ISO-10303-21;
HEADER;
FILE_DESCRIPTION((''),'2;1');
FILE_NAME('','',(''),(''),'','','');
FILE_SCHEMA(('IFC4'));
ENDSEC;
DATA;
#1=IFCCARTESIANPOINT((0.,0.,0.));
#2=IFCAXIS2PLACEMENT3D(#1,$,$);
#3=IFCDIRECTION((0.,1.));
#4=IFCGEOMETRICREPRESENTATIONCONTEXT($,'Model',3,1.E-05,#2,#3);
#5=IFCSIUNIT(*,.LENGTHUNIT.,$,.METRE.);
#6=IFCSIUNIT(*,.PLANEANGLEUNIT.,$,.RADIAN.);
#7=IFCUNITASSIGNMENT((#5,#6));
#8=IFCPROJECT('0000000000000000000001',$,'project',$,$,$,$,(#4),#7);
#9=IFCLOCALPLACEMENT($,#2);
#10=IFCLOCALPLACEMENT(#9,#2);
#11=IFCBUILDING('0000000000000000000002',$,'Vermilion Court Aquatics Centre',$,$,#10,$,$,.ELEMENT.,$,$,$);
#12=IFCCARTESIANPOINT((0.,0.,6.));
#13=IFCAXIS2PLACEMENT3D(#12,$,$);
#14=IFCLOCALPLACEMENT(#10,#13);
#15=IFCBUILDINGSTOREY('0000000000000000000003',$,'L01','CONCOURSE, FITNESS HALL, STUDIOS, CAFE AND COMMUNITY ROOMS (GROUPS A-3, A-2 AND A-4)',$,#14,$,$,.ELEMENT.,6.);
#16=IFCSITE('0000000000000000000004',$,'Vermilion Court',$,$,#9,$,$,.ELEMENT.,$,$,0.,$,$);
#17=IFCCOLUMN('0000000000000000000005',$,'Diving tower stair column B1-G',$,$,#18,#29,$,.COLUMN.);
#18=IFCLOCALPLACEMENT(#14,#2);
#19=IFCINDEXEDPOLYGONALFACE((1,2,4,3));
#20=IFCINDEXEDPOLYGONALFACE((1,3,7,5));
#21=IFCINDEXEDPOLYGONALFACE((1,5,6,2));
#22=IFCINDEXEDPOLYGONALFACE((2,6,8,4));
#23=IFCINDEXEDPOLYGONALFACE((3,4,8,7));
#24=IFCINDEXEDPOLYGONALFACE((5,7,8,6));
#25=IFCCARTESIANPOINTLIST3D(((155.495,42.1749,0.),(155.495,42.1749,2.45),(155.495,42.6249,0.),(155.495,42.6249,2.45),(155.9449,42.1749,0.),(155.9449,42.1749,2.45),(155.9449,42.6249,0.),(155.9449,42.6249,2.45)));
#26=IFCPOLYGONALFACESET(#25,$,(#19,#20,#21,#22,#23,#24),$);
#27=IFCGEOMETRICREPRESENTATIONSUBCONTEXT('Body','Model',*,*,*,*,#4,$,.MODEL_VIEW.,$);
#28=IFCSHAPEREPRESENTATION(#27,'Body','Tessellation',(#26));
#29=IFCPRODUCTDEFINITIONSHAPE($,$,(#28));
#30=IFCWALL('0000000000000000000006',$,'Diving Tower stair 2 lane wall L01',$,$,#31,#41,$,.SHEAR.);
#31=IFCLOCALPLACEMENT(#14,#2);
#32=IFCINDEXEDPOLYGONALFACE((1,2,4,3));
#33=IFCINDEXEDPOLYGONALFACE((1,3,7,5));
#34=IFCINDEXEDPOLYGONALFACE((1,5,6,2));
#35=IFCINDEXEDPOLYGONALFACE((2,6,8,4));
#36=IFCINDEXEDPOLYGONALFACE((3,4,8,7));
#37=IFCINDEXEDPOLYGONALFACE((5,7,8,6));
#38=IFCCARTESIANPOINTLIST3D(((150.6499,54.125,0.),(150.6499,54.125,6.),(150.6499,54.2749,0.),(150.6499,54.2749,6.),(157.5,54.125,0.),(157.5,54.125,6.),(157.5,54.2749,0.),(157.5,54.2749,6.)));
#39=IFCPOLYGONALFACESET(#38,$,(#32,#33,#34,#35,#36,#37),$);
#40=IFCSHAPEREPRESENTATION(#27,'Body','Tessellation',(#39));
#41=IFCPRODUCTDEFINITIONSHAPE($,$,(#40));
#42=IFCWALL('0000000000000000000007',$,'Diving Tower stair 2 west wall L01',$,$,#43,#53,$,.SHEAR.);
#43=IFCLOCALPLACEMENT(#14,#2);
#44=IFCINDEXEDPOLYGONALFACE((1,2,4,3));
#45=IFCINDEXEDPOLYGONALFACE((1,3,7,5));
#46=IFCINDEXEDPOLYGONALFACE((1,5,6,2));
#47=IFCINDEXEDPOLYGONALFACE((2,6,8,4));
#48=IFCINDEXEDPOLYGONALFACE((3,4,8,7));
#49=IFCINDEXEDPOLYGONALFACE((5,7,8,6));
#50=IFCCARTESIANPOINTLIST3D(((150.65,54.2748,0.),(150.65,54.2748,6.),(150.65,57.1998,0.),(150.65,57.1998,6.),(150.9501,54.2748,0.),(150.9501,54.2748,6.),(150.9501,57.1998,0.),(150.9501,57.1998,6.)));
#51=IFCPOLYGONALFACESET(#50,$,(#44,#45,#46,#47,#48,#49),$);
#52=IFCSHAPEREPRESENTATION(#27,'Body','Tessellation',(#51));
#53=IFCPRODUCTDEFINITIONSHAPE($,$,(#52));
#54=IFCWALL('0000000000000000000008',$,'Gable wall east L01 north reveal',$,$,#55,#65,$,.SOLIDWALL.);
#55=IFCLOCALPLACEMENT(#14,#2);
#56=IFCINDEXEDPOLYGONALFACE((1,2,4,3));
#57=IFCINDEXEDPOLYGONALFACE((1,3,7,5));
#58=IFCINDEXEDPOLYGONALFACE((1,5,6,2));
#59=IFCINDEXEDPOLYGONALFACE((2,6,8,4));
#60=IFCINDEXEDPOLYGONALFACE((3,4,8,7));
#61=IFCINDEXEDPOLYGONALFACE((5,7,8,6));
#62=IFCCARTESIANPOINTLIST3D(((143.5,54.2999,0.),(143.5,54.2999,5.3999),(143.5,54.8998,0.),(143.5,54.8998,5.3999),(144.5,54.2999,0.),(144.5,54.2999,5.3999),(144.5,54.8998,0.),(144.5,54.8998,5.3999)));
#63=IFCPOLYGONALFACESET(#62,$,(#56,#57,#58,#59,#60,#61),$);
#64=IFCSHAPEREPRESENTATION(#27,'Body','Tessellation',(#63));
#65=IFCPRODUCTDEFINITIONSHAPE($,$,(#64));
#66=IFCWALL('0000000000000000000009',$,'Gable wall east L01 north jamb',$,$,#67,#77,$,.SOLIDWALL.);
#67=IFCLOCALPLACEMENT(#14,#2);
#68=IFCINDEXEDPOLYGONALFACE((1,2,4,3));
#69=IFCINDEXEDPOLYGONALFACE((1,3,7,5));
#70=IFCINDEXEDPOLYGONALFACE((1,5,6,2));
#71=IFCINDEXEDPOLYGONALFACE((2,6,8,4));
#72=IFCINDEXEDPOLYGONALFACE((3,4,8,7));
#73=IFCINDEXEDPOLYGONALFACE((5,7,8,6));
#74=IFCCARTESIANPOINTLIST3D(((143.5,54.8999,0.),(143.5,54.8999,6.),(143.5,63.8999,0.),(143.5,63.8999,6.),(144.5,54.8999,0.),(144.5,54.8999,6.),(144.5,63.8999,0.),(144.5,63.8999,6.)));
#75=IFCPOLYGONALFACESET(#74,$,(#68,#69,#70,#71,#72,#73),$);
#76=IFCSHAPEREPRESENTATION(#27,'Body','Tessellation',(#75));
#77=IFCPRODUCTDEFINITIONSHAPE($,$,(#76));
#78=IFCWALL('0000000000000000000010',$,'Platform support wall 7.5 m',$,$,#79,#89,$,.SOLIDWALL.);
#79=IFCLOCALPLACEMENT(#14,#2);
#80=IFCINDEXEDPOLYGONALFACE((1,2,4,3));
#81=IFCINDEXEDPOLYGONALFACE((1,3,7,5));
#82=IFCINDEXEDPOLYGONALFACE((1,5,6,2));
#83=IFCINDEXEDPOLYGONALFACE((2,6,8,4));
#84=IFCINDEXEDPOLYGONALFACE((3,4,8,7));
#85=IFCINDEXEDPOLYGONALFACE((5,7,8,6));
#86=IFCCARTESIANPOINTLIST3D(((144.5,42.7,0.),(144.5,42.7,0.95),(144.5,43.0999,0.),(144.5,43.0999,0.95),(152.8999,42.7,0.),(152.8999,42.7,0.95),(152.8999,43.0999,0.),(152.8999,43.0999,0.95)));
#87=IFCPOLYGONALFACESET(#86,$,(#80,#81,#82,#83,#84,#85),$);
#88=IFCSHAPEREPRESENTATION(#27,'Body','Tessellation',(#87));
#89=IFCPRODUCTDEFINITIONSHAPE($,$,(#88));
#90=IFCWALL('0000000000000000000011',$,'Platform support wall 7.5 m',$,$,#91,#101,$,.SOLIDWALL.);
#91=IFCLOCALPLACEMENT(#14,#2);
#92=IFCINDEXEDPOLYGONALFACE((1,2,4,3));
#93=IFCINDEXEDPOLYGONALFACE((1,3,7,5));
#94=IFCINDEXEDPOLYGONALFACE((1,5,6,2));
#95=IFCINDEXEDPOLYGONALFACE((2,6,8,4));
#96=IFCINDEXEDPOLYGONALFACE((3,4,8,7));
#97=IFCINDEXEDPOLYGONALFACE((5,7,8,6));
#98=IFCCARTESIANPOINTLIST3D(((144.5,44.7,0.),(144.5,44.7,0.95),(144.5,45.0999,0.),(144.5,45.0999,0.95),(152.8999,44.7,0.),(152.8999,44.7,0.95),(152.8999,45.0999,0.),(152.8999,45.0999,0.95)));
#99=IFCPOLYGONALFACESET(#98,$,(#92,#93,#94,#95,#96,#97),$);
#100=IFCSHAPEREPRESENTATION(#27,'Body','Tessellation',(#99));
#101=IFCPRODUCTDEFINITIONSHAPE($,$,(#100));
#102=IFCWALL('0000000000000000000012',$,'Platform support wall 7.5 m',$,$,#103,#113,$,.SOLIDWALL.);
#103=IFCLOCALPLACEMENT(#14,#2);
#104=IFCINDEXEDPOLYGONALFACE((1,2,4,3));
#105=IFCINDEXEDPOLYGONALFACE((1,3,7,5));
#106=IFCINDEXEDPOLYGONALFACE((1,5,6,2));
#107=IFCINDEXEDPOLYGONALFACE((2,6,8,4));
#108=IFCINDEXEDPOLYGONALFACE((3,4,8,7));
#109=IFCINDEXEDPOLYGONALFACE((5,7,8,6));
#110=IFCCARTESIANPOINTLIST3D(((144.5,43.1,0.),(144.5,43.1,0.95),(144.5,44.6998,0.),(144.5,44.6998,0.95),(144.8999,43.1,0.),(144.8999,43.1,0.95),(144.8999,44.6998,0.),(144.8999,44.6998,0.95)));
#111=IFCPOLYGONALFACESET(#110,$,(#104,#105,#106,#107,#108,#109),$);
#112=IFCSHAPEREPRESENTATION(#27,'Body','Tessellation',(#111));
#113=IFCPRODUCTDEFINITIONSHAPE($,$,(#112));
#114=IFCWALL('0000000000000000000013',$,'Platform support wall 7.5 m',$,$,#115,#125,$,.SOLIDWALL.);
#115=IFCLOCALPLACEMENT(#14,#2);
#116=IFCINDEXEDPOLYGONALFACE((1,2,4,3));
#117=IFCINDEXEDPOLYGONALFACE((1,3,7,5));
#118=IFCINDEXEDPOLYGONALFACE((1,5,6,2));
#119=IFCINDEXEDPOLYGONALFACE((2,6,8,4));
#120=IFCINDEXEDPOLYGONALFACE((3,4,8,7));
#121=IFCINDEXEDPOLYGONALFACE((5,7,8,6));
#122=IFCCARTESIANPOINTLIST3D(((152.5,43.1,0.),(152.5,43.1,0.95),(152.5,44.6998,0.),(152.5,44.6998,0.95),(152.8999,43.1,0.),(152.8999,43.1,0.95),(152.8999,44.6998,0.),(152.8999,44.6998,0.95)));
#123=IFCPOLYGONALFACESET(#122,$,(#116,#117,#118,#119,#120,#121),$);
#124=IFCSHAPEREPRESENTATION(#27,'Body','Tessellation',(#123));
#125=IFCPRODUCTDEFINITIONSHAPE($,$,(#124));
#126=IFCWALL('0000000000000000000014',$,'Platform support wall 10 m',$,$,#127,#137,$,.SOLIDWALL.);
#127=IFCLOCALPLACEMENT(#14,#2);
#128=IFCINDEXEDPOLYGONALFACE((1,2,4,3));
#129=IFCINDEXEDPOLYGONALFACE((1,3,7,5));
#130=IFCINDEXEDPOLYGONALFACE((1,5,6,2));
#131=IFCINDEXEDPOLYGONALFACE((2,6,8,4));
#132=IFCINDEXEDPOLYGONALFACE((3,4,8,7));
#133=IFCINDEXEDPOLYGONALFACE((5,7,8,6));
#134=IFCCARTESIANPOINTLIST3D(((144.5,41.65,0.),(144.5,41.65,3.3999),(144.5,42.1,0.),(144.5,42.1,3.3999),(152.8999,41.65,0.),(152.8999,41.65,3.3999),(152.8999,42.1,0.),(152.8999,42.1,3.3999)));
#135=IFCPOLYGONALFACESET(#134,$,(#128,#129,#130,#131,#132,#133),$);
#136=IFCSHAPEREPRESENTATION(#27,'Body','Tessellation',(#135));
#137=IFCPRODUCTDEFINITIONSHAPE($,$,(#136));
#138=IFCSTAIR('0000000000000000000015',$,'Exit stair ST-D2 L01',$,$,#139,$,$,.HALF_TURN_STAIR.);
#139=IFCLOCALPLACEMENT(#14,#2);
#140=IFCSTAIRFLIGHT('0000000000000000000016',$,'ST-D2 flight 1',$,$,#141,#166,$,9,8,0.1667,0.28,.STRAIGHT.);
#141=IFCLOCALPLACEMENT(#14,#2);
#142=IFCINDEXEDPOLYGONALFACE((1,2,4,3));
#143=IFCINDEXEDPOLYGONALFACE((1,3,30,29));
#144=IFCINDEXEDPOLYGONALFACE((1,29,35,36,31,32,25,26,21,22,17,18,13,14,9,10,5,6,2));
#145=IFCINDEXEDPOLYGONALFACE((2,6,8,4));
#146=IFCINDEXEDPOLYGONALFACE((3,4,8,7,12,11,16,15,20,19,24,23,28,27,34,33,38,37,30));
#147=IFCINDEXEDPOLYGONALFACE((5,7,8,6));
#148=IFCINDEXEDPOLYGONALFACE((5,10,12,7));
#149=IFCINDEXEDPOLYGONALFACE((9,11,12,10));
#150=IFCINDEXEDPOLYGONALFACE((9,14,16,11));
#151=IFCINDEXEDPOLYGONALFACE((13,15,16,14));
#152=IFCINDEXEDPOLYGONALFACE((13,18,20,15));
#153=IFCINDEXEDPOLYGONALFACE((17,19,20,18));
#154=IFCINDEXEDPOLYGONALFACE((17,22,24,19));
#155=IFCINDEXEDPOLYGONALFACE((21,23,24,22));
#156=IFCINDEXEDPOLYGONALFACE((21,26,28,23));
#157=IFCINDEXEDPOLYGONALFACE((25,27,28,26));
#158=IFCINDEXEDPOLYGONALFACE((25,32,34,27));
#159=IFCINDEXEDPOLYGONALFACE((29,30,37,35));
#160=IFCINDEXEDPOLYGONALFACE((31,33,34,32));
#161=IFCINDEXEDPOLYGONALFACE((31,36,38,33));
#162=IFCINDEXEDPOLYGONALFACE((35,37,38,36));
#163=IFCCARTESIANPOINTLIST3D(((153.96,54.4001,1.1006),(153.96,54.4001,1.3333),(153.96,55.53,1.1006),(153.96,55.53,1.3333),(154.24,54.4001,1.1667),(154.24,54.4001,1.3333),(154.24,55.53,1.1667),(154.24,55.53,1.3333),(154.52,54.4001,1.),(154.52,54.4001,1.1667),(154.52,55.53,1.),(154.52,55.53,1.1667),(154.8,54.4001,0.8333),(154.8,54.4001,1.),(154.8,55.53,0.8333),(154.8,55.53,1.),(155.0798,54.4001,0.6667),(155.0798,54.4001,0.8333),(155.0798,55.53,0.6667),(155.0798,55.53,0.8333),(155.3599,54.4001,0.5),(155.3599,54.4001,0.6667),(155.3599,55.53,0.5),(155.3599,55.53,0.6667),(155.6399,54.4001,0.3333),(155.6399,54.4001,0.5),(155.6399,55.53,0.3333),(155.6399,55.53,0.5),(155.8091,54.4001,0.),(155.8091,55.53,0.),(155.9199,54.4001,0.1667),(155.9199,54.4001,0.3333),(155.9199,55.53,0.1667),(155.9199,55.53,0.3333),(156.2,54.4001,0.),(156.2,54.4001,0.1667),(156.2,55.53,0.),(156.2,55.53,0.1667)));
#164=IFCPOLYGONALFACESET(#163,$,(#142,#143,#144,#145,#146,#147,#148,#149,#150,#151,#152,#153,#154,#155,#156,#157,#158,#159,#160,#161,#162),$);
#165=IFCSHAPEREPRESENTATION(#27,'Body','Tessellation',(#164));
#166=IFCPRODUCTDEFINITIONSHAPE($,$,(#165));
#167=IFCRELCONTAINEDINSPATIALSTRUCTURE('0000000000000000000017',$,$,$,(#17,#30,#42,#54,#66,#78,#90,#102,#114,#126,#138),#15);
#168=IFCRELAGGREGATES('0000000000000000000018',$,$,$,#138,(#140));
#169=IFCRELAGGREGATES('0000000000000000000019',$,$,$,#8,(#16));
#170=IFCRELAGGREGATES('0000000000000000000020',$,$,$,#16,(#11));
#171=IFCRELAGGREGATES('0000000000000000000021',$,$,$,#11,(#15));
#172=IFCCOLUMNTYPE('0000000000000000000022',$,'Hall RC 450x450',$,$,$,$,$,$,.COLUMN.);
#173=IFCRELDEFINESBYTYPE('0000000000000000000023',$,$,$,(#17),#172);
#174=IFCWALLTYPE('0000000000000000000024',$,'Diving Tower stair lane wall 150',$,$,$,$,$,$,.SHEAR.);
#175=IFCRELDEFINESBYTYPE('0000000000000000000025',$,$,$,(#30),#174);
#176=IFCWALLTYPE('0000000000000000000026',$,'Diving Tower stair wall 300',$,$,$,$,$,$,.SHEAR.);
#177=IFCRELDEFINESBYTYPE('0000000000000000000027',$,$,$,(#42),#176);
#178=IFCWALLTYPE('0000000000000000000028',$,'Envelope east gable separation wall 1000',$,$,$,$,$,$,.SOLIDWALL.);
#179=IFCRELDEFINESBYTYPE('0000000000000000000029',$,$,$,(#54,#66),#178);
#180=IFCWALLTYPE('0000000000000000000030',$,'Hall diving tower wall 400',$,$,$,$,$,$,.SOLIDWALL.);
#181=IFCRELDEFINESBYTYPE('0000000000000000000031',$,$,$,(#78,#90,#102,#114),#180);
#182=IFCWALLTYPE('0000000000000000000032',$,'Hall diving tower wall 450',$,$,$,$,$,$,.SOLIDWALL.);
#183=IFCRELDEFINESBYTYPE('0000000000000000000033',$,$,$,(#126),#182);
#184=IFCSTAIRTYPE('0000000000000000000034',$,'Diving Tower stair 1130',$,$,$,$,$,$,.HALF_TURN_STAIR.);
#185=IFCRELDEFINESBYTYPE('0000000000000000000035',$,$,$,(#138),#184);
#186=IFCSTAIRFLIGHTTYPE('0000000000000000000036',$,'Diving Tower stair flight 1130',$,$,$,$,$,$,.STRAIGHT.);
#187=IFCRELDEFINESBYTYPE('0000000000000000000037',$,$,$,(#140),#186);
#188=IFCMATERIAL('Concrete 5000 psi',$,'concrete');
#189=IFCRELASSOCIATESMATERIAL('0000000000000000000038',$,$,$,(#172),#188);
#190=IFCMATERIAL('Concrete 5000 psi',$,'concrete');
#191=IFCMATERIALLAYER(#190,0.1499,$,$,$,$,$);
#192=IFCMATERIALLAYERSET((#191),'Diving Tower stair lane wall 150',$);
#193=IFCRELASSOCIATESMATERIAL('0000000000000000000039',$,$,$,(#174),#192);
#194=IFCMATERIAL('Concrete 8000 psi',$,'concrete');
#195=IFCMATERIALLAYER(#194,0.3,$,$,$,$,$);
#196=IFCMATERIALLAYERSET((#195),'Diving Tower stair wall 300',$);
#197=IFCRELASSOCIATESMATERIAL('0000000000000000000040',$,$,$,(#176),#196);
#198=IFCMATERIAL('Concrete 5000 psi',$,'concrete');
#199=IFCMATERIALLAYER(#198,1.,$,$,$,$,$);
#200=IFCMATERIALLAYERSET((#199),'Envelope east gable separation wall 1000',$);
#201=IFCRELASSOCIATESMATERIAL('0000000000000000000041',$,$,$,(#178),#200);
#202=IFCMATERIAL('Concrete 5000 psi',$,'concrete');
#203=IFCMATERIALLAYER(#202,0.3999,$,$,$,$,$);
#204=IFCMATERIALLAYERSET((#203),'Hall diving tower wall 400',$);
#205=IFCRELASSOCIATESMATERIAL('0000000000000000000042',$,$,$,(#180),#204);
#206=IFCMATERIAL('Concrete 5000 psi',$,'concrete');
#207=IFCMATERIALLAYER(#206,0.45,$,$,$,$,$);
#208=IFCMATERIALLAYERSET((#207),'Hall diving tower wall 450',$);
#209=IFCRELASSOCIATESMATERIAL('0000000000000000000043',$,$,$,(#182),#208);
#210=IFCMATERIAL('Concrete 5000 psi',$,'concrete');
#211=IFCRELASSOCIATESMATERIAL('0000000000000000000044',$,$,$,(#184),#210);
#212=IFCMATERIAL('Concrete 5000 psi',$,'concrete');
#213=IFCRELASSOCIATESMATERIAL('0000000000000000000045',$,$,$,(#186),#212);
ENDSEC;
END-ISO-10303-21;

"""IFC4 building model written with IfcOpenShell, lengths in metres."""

from ifc_helpers import new_model, si_unit, direction, frame, frame_2d, origin, origin_2d, place, context, subcontext, project, spatial, polyline, rectangle, outline, extrude, material, layer, layer_set, material_profile, profile_set, type_object, element, aggregate, save


model = new_model("IFC4")

# Units and contexts
model_context = context("Model", 3, precision=1e-05, world=origin(), true_north=direction((0.0, 1.0)))
body_context = subcontext(model_context, "Body", "Model", "MODEL_VIEW")
ifc_project = project(units=[si_unit("LENGTHUNIT", "METRE"), si_unit("PLANEANGLEUNIT", "RADIAN")], contexts=[model_context])

# Site, building, storey
site_placement = place(None, origin())
site = spatial("IfcSite", under=ifc_project, at=site_placement, Name="Vermilion Court", CompositionType="ELEMENT", RefElevation=0.0)
building_placement = place(site_placement, origin())
building = spatial("IfcBuilding", under=site, at=building_placement, Name="Vermilion Court Aquatics Centre", CompositionType="ELEMENT")
storey_placement = place(building_placement, frame((0.0, 0.0, 6.0)))
storey = spatial("IfcBuildingStorey", under=building, at=storey_placement, Name="L01", Description="CONCOURSE, FITNESS HALL, STUDIOS, CAFE AND COMMUNITY ROOMS (GROUPS A-3, A-2 AND A-4)", CompositionType="ELEMENT", Elevation=6.0)

# Column
ifc_material_1 = material(Name="Concrete 5000 psi", Category="concrete")
ifc_material_profile = material_profile(ifc_material_1, rectangle(XDim=0.45, YDim=0.45, at=origin_2d()), Name="RC 450x450")
ifc_profile_set = profile_set([ifc_material_profile], Name="Concrete 5000 psi")
column_type = type_object("IfcColumnType", Name="Hall RC 450x450", PredefinedType="COLUMN", material=ifc_profile_set)
column_placement = place(storey_placement, frame((155.72, 42.3999, 0.0), z_axis=(0.0, 0.0, 1.0), x_axis=(1.0, 0.0, 0.0)))
element("IfcColumn", 1, at=column_placement, inside=storey, type_object=column_type, Name="Diving tower stair column B1-G", PredefinedType="COLUMN", context=body_context, shape_type="SweptSolid", body=[
    extrude(rectangle(XDim=0.45, YDim=0.45, at=origin_2d()), origin(), (0.0, 0.0, 1.0), 2.45),
])

# Walls
ifc_material_2 = material(Name="Concrete 5000 psi", Category="concrete")
ifc_layer_1 = layer(ifc_material_2, 0.1499)
ifc_layer_set_1 = layer_set([ifc_layer_1], Name="Diving Tower stair lane wall 150")
wall_type_1 = type_object("IfcWallType", Name="Diving Tower stair lane wall 150", PredefinedType="SHEAR", material=ifc_layer_set_1)
wall_1_placement = place(storey_placement, frame((150.6499, 54.2, 0.0), z_axis=(0.0, 0.0, 1.0), x_axis=(1.0, 0.0, 0.0)))
element("IfcWall", 2, at=wall_1_placement, inside=storey, type_object=wall_type_1, Name="Diving Tower stair 2 lane wall L01", PredefinedType="SHEAR", context=body_context, shape_type="SweptSolid", body=[
    extrude(rectangle(XDim=6.8501, YDim=0.1499, at=frame_2d((3.425, 0.0))), origin(), (0.0, 0.0, 1.0), 6.0),
])
ifc_material_3 = material(Name="Concrete 8000 psi", Category="concrete")
ifc_layer_2 = layer(ifc_material_3, 0.3)
ifc_layer_set_2 = layer_set([ifc_layer_2], Name="Diving Tower stair wall 300")
wall_type_2 = type_object("IfcWallType", Name="Diving Tower stair wall 300", PredefinedType="SHEAR", material=ifc_layer_set_2)
wall_2_placement = place(storey_placement, frame((150.8, 54.2749, 0.0), z_axis=(0.0, 0.0, 1.0), x_axis=(0.0, 1.0, 0.0)))
element("IfcWall", 3, at=wall_2_placement, inside=storey, type_object=wall_type_2, Name="Diving Tower stair 2 west wall L01", PredefinedType="SHEAR", context=body_context, shape_type="SweptSolid", body=[
    extrude(rectangle(XDim=2.925, YDim=0.3, at=frame_2d((1.4624, 0.0))), origin(), (0.0, 0.0, 1.0), 6.0),
])
ifc_material_4 = material(Name="Concrete 5000 psi", Category="concrete")
ifc_layer_3 = layer(ifc_material_4, 1.0)
ifc_layer_set_3 = layer_set([ifc_layer_3], Name="Envelope east gable separation wall 1000")
wall_type_3 = type_object("IfcWallType", Name="Envelope east gable separation wall 1000", PredefinedType="SOLIDWALL", material=ifc_layer_set_3)
wall_3_placement = place(storey_placement, frame((144.0, 54.3, 0.0), z_axis=(0.0, 0.0, 1.0), x_axis=(0.0, 1.0, 0.0)))
element("IfcWall", 4, at=wall_3_placement, inside=storey, type_object=wall_type_3, Name="Gable wall east L01 north reveal", PredefinedType="SOLIDWALL", context=body_context, shape_type="SweptSolid", body=[
    extrude(rectangle(XDim=0.5999, YDim=1.0, at=frame_2d((0.2998, 0.0))), origin(), (0.0, 0.0, 1.0), 5.3999),
])
wall_4_placement = place(storey_placement, frame((144.0, 54.8999, 0.0), z_axis=(0.0, 0.0, 1.0), x_axis=(0.0, 1.0, 0.0)))
element("IfcWall", 5, at=wall_4_placement, inside=storey, type_object=wall_type_3, Name="Gable wall east L01 north jamb", PredefinedType="SOLIDWALL", context=body_context, shape_type="SweptSolid", body=[
    extrude(rectangle(XDim=9.0, YDim=1.0, at=frame_2d((4.5, 0.0))), origin(), (0.0, 0.0, 1.0), 6.0),
])
ifc_material_5 = material(Name="Concrete 5000 psi", Category="concrete")
ifc_layer_4 = layer(ifc_material_5, 0.3999)
ifc_layer_set_4 = layer_set([ifc_layer_4], Name="Hall diving tower wall 400")
wall_type_4 = type_object("IfcWallType", Name="Hall diving tower wall 400", PredefinedType="SOLIDWALL", material=ifc_layer_set_4)
for number, where, z_axis, x_axis, name in (
    (6, (144.5, 42.8999, 0.0), (0.0, 0.0, 1.0), (1.0, 0.0, 0.0), "Platform support wall 7.5 m"),
    (7, (144.5, 44.8999, 0.0), (0.0, 0.0, 1.0), (1.0, 0.0, 0.0), "Platform support wall 7.5 m"),
):
    element("IfcWall", number, at=place(storey_placement, frame(where, z_axis=z_axis, x_axis=x_axis)), inside=storey, type_object=wall_type_4, Name=name, PredefinedType="SOLIDWALL", context=body_context, shape_type="SweptSolid", body=[
        extrude(rectangle(XDim=8.3999, YDim=0.3999, at=frame_2d((4.2, 0.0))), origin(), (0.0, 0.0, 1.0), 0.95),
    ])
for number, where, z_axis, x_axis, name in (
    (8, (144.7, 43.1001, 0.0), (0.0, 0.0, 1.0), (0.0, 1.0, 0.0), "Platform support wall 7.5 m"),
    (9, (152.7, 43.1001, 0.0), (0.0, 0.0, 1.0), (0.0, 1.0, 0.0), "Platform support wall 7.5 m"),
):
    element("IfcWall", number, at=place(storey_placement, frame(where, z_axis=z_axis, x_axis=x_axis)), inside=storey, type_object=wall_type_4, Name=name, PredefinedType="SOLIDWALL", context=body_context, shape_type="SweptSolid", body=[
        extrude(rectangle(XDim=1.5999, YDim=0.3999, at=frame_2d((0.7998, 0.0))), origin(), (0.0, 0.0, 1.0), 0.95),
    ])
ifc_material_6 = material(Name="Concrete 5000 psi", Category="concrete")
ifc_layer_5 = layer(ifc_material_6, 0.45)
ifc_layer_set_5 = layer_set([ifc_layer_5], Name="Hall diving tower wall 450")
wall_type_5 = type_object("IfcWallType", Name="Hall diving tower wall 450", PredefinedType="SOLIDWALL", material=ifc_layer_set_5)
wall_5_placement = place(storey_placement, frame((144.5, 41.875, 0.0), z_axis=(0.0, 0.0, 1.0), x_axis=(1.0, 0.0, 0.0)))
element("IfcWall", 10, at=wall_5_placement, inside=storey, type_object=wall_type_5, Name="Platform support wall 10 m", PredefinedType="SOLIDWALL", context=body_context, shape_type="SweptSolid", body=[
    extrude(rectangle(XDim=8.3999, YDim=0.45, at=frame_2d((4.2, 0.0))), origin(), (0.0, 0.0, 1.0), 3.3999),
])

# Stair, stair flight
ifc_material_7 = material(Name="Concrete 5000 psi", Category="concrete")
stair_type_1 = type_object("IfcStairType", Name="Diving Tower stair 1130", PredefinedType="HALF_TURN_STAIR", material=ifc_material_7)
stair_1_placement = place(storey_placement, origin())
stair_1 = element("IfcStair", 11, at=stair_1_placement, inside=storey, type_object=stair_type_1, Name="Exit stair ST-D2 L01", PredefinedType="HALF_TURN_STAIR")
ifc_material_8 = material(Name="Concrete 5000 psi", Category="concrete")
stair_flight_type_1 = type_object("IfcStairFlightType", Name="Diving Tower stair flight 1130", PredefinedType="STRAIGHT", material=ifc_material_8)
stair_flight_1_placement = place(storey_placement, frame((156.2, 54.9651, 0.0), z_axis=(0.0, 0.0, 1.0), x_axis=(-1.0, 0.0, 0.0)))
stair_flight_1 = element("IfcStairFlight", 12, at=stair_flight_1_placement, type_object=stair_flight_type_1, Name="ST-D2 flight 1", NumberOfRisers=9, NumberOfTreads=8, PredefinedType="STRAIGHT", RiserHeight=0.1667, TreadLength=0.28, context=body_context, shape_type="SweptSolid", body=[
    extrude(outline(polyline([(0.0, 0.0), (0.0, 0.1667), (0.28, 0.1667), (0.28, 0.3333), (0.5601, 0.3333), (0.5601, 0.5), (0.8401, 0.5), (0.8401, 0.6667), (1.1201, 0.6667), (1.1201, 0.8333), (1.3999, 0.8333), (1.3999, 1.0), (1.6799, 1.0), (1.6799, 1.1667), (1.96, 1.1667), (1.96, 1.3333), (2.24, 1.3333), (2.24, 1.5), (2.24, 1.1006), (0.3909, 0.0), (0.0, 0.0)])), frame((0.0, 0.5649, 0.0), z_axis=(0.0, -1.0, 0.0), x_axis=(1.0, 0.0, 0.0)), (0.0, 0.0, 1.0), 1.1299),
])
aggregate(stair_1, [stair_flight_1])

save(model, "model.ifc")
